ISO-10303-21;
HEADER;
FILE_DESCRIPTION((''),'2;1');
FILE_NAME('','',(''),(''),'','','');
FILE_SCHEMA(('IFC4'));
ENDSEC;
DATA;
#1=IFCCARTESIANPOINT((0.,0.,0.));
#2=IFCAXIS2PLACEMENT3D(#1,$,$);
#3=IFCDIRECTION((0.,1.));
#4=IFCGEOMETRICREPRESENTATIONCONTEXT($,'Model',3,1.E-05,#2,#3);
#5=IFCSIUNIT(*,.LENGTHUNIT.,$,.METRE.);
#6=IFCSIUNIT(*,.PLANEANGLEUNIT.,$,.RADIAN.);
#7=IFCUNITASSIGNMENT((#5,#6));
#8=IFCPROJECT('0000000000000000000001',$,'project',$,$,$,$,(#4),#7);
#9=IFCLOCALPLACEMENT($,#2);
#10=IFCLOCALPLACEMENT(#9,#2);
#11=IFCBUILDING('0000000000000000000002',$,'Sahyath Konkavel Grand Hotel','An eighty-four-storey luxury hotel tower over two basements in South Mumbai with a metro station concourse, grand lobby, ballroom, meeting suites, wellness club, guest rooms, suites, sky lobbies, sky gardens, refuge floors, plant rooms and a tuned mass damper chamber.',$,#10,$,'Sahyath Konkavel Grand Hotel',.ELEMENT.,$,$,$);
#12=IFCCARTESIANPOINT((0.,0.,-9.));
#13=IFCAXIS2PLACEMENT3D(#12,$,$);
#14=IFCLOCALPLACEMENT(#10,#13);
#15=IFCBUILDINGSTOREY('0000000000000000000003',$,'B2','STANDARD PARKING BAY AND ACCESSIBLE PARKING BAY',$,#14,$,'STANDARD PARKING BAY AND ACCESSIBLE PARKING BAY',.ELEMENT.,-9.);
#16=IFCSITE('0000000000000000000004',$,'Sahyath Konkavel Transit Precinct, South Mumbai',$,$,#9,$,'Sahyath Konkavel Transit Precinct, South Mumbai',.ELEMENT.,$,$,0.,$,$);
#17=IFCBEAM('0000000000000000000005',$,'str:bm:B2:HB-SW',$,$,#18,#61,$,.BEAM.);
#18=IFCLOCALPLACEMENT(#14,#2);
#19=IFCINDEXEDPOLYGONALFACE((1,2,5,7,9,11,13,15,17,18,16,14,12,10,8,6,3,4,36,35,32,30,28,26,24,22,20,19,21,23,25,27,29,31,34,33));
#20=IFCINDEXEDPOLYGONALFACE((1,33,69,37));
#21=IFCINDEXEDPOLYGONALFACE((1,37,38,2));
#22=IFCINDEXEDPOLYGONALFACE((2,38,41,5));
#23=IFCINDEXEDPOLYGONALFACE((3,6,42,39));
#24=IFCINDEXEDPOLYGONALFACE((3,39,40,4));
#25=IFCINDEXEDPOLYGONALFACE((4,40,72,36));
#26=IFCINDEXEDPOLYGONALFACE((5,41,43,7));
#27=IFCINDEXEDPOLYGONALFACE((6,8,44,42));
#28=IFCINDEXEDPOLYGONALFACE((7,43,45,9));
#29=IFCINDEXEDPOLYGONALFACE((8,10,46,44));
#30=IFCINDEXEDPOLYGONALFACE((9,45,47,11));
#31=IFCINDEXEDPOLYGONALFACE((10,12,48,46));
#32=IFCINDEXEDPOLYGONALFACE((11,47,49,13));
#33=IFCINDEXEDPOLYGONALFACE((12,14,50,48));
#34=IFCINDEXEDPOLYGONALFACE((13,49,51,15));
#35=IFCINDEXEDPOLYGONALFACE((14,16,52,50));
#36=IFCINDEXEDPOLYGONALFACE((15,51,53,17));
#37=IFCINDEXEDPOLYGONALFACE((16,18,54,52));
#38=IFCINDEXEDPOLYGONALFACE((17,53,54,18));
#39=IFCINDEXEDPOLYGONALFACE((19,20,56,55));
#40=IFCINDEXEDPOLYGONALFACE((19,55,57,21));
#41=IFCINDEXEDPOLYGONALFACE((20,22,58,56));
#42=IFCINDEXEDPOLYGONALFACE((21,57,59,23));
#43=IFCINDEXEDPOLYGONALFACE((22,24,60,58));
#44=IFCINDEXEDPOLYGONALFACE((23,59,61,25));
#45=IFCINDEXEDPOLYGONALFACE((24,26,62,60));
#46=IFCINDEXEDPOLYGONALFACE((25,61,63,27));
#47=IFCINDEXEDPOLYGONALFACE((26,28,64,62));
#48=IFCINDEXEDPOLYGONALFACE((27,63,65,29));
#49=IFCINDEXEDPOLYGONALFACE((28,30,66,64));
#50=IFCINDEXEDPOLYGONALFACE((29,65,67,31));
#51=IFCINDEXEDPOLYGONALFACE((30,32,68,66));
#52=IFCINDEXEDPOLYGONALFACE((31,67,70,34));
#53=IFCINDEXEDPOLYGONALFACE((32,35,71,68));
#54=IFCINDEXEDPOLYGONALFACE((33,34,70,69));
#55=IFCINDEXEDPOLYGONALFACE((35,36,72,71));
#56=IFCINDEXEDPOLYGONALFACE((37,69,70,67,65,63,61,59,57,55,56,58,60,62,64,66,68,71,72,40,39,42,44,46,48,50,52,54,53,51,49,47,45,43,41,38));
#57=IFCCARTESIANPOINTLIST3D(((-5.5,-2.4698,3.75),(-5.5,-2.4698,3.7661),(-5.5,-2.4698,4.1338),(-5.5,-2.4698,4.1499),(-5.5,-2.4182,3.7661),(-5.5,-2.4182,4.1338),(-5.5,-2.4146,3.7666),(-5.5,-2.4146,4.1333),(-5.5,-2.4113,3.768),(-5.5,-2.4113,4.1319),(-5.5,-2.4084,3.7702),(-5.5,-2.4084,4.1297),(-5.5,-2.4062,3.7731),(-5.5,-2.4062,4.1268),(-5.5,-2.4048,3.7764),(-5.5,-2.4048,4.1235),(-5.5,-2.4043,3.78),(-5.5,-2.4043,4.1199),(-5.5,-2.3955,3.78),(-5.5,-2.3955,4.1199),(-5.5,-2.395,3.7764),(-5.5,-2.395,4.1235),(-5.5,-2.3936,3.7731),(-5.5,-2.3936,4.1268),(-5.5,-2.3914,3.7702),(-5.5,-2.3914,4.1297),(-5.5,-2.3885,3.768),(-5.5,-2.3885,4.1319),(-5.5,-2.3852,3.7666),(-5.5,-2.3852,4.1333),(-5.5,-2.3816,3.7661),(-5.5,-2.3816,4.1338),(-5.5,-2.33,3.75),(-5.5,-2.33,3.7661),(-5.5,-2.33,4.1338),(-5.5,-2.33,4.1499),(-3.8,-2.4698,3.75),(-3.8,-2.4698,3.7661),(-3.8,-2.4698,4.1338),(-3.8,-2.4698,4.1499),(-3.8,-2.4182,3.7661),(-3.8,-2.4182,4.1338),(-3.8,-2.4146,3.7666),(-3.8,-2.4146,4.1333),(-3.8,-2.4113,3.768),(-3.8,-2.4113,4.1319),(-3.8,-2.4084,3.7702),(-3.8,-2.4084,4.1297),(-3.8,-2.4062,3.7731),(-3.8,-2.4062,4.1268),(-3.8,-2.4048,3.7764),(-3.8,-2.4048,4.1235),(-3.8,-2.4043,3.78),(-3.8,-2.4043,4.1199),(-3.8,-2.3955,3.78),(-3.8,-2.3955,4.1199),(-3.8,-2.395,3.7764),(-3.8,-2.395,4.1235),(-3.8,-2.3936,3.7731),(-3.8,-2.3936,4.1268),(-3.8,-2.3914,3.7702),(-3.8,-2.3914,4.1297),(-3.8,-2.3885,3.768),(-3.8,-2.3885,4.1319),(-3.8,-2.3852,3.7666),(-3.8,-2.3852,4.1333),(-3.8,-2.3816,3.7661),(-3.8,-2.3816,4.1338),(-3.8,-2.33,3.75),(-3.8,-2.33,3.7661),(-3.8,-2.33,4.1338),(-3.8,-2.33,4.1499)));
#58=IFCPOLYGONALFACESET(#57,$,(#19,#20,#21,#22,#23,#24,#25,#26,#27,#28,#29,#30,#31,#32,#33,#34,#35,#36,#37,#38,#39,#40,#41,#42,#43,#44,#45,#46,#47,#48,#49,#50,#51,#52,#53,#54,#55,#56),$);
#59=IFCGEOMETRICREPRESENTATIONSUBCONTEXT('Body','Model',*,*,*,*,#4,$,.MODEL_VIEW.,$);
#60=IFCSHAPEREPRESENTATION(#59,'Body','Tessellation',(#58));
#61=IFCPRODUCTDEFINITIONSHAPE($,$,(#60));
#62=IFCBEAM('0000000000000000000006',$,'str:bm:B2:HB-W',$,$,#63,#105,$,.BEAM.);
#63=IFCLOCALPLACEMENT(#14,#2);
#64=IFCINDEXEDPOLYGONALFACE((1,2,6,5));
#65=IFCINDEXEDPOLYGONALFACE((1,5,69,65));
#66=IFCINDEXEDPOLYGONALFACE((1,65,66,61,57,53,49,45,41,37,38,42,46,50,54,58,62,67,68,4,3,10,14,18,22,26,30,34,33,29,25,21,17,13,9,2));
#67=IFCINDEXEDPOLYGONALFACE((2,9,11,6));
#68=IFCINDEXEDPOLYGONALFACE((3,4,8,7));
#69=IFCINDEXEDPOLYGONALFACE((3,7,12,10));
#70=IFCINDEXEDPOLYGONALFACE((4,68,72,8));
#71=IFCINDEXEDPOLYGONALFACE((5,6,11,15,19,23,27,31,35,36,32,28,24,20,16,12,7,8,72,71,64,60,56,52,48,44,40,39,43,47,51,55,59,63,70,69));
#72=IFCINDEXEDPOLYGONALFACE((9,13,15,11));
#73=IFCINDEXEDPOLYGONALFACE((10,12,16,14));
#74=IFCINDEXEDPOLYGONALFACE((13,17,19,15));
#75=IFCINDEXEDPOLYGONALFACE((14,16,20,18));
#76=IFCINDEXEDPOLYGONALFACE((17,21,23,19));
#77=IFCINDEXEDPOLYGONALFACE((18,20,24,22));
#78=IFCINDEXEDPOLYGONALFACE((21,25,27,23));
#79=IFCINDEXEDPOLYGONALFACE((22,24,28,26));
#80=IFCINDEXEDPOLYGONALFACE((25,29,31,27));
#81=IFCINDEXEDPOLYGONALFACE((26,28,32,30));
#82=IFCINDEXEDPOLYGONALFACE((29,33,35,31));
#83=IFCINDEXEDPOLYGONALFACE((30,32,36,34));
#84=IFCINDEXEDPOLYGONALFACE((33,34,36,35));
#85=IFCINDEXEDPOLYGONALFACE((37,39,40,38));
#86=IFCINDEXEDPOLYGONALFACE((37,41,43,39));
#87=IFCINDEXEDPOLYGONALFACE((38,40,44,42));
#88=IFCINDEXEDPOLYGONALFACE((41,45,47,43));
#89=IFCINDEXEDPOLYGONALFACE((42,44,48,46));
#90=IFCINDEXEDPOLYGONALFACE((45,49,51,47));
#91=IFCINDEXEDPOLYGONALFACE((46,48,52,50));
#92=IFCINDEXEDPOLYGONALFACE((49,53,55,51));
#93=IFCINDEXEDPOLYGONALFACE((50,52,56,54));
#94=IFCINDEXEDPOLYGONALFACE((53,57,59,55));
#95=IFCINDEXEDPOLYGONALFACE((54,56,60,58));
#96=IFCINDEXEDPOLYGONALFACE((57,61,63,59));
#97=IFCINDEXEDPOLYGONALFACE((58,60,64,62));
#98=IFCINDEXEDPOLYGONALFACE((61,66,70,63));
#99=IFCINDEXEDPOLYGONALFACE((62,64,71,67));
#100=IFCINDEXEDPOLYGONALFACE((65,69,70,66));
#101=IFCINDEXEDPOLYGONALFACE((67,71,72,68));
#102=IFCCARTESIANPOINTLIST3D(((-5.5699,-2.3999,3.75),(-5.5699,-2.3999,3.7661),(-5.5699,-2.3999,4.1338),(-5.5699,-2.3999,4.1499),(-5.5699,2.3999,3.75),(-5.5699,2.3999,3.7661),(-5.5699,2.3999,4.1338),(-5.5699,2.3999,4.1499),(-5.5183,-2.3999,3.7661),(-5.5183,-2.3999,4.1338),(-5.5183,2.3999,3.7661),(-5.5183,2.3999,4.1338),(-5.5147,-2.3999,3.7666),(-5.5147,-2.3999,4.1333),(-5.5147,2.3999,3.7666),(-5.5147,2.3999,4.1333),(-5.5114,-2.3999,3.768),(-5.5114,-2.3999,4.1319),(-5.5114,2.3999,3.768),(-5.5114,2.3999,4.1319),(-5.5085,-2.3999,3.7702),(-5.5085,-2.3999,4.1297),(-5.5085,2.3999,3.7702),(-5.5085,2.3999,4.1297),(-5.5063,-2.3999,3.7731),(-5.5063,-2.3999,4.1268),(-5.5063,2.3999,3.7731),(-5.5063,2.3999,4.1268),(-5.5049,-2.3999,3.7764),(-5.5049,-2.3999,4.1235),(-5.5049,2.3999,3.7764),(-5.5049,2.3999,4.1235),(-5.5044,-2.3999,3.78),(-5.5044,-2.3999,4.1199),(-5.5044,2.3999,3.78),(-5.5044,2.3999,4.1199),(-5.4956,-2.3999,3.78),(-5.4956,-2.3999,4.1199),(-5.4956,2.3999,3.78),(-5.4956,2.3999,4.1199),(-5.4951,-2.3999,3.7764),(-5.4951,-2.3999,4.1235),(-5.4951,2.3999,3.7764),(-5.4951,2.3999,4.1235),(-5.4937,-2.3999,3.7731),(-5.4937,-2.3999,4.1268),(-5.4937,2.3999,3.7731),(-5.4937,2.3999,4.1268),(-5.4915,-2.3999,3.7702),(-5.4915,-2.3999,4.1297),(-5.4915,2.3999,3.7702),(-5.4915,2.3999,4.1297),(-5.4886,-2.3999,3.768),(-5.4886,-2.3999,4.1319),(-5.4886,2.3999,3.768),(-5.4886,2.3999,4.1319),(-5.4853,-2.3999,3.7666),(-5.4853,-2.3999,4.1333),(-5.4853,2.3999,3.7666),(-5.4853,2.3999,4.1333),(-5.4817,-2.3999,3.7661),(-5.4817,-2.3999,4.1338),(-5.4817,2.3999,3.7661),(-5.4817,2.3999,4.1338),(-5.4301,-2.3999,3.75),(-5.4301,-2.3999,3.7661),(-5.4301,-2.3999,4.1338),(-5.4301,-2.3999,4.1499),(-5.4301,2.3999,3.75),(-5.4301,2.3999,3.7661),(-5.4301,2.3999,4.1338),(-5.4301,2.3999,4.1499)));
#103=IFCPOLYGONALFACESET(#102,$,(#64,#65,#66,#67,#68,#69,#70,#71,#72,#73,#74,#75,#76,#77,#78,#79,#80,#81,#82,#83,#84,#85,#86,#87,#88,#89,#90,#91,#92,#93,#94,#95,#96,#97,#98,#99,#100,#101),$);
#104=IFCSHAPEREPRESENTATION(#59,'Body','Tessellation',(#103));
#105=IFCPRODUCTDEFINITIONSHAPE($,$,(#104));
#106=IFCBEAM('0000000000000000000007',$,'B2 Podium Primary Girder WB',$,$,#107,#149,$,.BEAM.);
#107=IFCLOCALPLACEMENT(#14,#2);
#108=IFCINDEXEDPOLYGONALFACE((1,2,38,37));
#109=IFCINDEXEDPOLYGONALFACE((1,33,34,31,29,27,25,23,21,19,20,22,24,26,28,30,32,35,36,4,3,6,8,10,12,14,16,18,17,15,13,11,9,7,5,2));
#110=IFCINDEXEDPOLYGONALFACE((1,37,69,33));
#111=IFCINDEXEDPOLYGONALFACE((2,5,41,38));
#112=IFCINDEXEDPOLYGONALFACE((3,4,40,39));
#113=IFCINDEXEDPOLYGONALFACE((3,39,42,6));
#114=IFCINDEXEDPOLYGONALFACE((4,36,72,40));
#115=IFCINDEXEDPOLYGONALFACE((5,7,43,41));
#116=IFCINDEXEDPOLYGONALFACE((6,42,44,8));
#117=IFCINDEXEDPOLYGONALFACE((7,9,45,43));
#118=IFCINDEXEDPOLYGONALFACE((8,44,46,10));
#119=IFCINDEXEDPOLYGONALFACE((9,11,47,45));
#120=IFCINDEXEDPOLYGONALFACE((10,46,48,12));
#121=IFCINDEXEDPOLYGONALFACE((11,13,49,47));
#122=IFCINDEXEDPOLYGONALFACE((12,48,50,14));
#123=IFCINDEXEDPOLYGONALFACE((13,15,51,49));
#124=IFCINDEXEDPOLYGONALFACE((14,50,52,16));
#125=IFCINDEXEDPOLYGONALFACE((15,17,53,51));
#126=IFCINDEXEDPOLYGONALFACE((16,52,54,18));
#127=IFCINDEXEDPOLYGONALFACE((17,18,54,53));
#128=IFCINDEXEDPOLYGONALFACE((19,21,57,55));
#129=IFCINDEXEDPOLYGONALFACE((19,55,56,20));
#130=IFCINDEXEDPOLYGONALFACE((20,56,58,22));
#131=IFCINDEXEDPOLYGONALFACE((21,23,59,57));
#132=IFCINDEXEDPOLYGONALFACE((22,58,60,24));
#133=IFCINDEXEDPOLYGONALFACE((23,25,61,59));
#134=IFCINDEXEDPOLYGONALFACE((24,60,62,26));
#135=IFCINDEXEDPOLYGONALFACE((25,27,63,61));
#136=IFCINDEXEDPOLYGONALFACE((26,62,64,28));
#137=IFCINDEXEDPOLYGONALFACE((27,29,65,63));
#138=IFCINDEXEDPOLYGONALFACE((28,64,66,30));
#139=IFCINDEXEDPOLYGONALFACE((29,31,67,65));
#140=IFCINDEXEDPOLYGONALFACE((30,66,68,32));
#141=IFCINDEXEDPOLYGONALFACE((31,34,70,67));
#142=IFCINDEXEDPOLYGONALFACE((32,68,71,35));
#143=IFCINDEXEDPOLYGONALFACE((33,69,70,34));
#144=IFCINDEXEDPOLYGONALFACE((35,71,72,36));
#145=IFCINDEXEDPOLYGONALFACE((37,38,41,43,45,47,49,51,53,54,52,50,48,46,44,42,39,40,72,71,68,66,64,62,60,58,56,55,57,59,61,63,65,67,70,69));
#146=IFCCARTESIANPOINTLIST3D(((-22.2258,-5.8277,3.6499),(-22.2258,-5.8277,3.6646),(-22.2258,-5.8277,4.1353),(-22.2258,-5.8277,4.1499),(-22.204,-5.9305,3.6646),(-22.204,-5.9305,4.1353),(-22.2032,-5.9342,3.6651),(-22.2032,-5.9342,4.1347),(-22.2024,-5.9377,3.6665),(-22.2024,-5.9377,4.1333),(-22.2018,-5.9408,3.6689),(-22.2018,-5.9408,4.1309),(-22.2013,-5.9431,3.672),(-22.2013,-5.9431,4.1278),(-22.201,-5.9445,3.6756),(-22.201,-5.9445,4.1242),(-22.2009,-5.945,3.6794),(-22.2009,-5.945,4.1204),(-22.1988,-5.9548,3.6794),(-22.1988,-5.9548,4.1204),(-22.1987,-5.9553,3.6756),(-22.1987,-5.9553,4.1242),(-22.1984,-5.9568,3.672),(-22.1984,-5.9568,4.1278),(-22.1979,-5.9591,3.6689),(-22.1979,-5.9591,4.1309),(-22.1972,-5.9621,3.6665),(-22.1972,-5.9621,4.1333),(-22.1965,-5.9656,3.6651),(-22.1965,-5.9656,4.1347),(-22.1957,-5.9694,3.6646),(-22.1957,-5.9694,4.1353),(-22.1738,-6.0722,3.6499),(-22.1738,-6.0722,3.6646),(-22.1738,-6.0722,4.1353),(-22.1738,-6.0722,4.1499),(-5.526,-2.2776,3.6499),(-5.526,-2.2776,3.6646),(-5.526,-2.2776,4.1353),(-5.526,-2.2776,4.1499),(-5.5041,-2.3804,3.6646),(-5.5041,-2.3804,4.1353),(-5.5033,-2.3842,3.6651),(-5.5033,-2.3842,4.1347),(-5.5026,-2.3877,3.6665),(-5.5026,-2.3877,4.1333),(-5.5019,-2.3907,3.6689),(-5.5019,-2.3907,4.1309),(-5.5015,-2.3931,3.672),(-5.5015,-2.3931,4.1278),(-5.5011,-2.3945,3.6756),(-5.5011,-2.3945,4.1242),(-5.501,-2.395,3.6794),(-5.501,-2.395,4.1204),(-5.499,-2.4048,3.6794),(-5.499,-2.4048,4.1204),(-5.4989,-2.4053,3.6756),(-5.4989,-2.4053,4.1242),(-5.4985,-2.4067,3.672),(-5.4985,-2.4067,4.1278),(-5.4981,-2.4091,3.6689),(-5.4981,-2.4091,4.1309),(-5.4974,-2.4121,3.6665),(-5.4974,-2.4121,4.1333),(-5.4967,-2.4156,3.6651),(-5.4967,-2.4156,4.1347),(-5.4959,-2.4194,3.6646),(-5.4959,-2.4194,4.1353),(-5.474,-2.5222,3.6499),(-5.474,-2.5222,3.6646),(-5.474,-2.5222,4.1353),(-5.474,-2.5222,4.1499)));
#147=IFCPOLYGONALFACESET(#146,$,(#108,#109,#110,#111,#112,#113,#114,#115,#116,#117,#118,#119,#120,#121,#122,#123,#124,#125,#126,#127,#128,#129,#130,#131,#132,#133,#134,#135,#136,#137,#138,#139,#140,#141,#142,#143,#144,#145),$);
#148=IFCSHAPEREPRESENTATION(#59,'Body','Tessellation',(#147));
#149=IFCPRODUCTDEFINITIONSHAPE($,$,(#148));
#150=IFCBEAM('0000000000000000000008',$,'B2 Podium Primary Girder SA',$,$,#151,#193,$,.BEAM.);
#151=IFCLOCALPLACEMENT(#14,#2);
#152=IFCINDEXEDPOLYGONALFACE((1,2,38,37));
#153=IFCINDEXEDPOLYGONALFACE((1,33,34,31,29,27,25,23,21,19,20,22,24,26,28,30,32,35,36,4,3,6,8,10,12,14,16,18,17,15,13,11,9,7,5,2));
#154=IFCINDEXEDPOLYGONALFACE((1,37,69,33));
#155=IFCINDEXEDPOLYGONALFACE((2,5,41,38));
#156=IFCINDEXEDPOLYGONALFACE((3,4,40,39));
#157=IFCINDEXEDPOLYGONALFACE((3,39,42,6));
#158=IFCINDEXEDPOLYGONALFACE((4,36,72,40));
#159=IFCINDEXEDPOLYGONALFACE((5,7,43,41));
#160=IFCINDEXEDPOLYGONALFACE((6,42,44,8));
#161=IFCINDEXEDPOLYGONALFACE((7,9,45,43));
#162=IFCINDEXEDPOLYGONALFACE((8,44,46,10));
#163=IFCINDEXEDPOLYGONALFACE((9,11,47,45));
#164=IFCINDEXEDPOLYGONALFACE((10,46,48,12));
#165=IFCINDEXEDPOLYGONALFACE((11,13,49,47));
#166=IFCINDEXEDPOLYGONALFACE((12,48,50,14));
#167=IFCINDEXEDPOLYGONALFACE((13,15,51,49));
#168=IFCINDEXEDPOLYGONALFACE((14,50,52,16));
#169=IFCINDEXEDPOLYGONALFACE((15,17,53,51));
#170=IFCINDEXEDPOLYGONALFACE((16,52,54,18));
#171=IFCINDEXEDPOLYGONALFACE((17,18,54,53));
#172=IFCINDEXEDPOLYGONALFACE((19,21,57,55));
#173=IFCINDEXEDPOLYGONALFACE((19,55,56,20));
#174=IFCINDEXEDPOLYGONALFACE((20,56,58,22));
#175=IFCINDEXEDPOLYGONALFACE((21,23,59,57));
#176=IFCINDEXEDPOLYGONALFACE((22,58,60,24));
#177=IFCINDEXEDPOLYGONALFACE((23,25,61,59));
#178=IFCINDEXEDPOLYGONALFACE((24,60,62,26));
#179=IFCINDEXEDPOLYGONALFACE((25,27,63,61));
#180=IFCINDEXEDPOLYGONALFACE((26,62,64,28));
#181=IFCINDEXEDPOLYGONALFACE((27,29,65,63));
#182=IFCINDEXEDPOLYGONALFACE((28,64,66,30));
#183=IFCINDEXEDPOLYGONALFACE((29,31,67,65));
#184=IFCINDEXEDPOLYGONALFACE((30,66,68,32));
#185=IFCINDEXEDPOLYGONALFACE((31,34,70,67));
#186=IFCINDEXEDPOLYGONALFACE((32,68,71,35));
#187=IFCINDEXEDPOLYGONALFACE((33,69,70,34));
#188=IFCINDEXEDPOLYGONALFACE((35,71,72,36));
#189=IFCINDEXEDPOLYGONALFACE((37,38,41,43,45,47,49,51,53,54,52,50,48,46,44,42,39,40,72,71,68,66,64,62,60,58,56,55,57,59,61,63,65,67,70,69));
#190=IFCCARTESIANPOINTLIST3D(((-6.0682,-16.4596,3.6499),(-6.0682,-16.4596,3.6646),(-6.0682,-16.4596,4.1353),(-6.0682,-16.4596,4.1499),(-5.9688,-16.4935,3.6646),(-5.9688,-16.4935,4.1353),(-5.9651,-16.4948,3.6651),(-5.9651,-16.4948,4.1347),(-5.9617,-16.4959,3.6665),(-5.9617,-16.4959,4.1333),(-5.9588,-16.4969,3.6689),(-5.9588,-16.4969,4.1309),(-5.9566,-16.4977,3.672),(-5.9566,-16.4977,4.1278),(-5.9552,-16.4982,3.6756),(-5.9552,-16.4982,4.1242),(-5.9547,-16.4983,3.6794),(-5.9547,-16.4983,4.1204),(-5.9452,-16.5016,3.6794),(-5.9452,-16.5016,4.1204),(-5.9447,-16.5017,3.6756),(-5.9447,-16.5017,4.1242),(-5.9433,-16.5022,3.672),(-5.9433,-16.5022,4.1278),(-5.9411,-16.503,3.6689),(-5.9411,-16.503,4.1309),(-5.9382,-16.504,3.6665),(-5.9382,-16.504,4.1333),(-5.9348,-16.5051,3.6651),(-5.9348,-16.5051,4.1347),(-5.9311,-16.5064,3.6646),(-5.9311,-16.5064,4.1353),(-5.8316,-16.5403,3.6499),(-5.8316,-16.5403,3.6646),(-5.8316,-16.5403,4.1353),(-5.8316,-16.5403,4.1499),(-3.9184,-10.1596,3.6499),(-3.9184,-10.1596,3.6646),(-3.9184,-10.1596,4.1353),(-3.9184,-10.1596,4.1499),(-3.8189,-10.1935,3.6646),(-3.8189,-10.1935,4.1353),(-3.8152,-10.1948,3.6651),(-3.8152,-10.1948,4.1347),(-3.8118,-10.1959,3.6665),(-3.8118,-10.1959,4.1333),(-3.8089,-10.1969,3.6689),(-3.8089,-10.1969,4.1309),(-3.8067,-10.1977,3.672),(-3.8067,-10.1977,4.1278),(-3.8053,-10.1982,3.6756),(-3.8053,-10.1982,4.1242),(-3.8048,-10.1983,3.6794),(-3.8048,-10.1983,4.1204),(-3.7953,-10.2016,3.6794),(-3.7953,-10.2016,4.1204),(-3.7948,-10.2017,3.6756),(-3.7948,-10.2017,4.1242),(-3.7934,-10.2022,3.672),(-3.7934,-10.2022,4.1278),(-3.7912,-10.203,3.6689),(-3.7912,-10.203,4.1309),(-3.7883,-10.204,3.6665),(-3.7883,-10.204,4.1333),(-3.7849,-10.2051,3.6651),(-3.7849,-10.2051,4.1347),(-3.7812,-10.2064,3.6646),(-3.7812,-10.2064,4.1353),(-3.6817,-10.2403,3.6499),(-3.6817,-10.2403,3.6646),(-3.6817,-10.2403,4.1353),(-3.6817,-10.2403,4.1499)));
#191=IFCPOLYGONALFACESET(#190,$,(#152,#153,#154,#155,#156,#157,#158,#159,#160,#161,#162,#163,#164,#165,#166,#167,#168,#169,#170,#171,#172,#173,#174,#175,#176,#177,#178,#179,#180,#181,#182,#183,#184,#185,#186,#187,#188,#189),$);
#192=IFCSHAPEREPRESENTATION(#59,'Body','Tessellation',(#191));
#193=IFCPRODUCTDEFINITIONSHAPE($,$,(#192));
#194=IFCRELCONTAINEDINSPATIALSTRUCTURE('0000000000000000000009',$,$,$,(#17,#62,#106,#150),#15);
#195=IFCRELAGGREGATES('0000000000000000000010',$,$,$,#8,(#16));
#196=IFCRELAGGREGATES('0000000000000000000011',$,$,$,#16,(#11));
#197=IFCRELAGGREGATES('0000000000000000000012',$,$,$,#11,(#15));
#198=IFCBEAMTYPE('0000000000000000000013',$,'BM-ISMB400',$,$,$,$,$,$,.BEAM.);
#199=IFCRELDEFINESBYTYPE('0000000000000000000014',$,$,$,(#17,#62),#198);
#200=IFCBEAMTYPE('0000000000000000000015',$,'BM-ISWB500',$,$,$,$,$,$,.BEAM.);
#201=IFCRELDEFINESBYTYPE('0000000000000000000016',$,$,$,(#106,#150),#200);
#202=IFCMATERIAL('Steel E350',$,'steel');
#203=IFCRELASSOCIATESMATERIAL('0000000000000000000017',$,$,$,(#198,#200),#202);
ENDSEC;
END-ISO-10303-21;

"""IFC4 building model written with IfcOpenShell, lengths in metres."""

from ifc_helpers import new_model, si_unit, direction, frame, origin, origin_2d, place, context, subcontext, project, spatial, i_section, extrude, source, transform, mapped, material, material_profile, profile_set, type_object, element, save


model = new_model("IFC4")

# Units and contexts
model_context = context("Model", 3, precision=1e-05, world=origin(), true_north=direction((0.0, 1.0)))
body_context = subcontext(model_context, "Body", "Model", "MODEL_VIEW")
ifc_project = project(units=[si_unit("LENGTHUNIT", "METRE"), si_unit("PLANEANGLEUNIT", "RADIAN")], contexts=[model_context])

# Site, building, storey
site_placement = place(None, origin())
site = spatial("IfcSite", under=ifc_project, at=site_placement, Name="Sahyath Konkavel Transit Precinct, South Mumbai", LongName="Sahyath Konkavel Transit Precinct, South Mumbai", CompositionType="ELEMENT", RefElevation=0.0)
building_placement = place(site_placement, origin())
building = spatial("IfcBuilding", under=site, at=building_placement, Name="Sahyath Konkavel Grand Hotel", Description="An eighty-four-storey luxury hotel tower over two basements in South Mumbai with a metro station concourse, grand lobby, ballroom, meeting suites, wellness club, guest rooms, suites, sky lobbies, sky gardens, refuge floors, plant rooms and a tuned mass damper chamber.", LongName="Sahyath Konkavel Grand Hotel", CompositionType="ELEMENT")
storey_placement = place(building_placement, frame((0.0, 0.0, -9.0)))
storey = spatial("IfcBuildingStorey", under=building, at=storey_placement, Name="B2", Description="STANDARD PARKING BAY AND ACCESSIBLE PARKING BAY", LongName="STANDARD PARKING BAY AND ACCESSIBLE PARKING BAY", CompositionType="ELEMENT", Elevation=-9.0)

# Beams
ifc_material_1 = material(Name="Steel E350", Category="steel")
ifc_material_profile_1 = material_profile(ifc_material_1, i_section(OverallWidth=0.1399, OverallDepth=0.3999, WebThickness=0.0088, FlangeThickness=0.0161, FilletRadius=0.0139, at=origin_2d()), Name="ISMB 400")
ifc_profile_set_1 = profile_set([ifc_material_profile_1], Name="Steel E350")
beam_type_1 = type_object("IfcBeamType", Name="BM-ISMB400", PredefinedType="BEAM", material=ifc_profile_set_1)
shared_shape_1 = source(origin(), body_context, "Body", "SweptSolid", [
    extrude(i_section(OverallWidth=0.1399, OverallDepth=0.3999, WebThickness=0.0088, FlangeThickness=0.0161, FilletRadius=0.0139, at=origin_2d()), origin(), (0.0, 0.0, 1.0), 1.7),
])
beam_1_placement = place(storey_placement, frame((-5.5, -2.3999, 3.95), z_axis=(1.0, 0.0, 0.0), x_axis=(0.0, 1.0, 0.0)))
element("IfcBeam", 1, at=beam_1_placement, inside=storey, type_object=beam_type_1, Name="str:bm:B2:HB-SW", PredefinedType="BEAM", context=body_context, shape_type="MappedRepresentation", body=[
    mapped(shared_shape_1, transform((0.0, 0.0, 0.0), scale=1.0)),
])
shared_shape_2 = source(origin(), body_context, "Body", "SweptSolid", [
    extrude(i_section(OverallWidth=0.1399, OverallDepth=0.3999, WebThickness=0.0088, FlangeThickness=0.0161, FilletRadius=0.0139, at=origin_2d()), origin(), (0.0, 0.0, 1.0), 4.7998),
])
beam_2_placement = place(storey_placement, frame((-5.5, -2.3999, 3.95), z_axis=(0.0, 1.0, 0.0), x_axis=(-1.0, 0.0, 0.0)))
element("IfcBeam", 2, at=beam_2_placement, inside=storey, type_object=beam_type_1, Name="str:bm:B2:HB-W", PredefinedType="BEAM", context=body_context, shape_type="MappedRepresentation", body=[
    mapped(shared_shape_2, transform((0.0, 0.0, 0.0), scale=1.0)),
])
ifc_material_profile_2 = material_profile(ifc_material_1, i_section(OverallWidth=0.25, OverallDepth=0.5, WebThickness=0.01, FlangeThickness=0.0146, FilletRadius=0.0149, at=origin_2d()), Name="ISWB 500")
ifc_profile_set_2 = profile_set([ifc_material_profile_2], Name="Steel E350")
beam_type_2 = type_object("IfcBeamType", Name="BM-ISWB500", PredefinedType="BEAM", material=ifc_profile_set_2)
shared_shape_3 = source(origin(), body_context, "Body", "SweptSolid", [
    extrude(i_section(OverallWidth=0.25, OverallDepth=0.5, WebThickness=0.01, FlangeThickness=0.0146, FilletRadius=0.0149, at=origin_2d()), origin(), (0.0, 0.0, 1.0), 17.073),
])
beam_3_placement = place(storey_placement, frame((-5.5, -2.3999, 3.8999), z_axis=(-0.978143, -0.207932, 0.0), x_axis=(0.207932, -0.978143, 0.0)))
element("IfcBeam", 3, at=beam_3_placement, inside=storey, type_object=beam_type_2, Name="B2 Podium Primary Girder WB", PredefinedType="BEAM", context=body_context, shape_type="MappedRepresentation", body=[
    mapped(shared_shape_3, transform((0.0, 0.0, 0.0), scale=1.0)),
])
shared_shape_4 = source(origin(), body_context, "Body", "SweptSolid", [
    extrude(i_section(OverallWidth=0.25, OverallDepth=0.5, WebThickness=0.01, FlangeThickness=0.0146, FilletRadius=0.0149, at=origin_2d()), origin(), (0.0, 0.0, 1.0), 6.6567),
])
beam_4_placement = place(storey_placement, frame((-3.8, -10.2, 3.8999), z_axis=(-0.322964, -0.946411, 0.0), x_axis=(0.946411, -0.322964, 0.0)))
element("IfcBeam", 4, at=beam_4_placement, inside=storey, type_object=beam_type_2, Name="B2 Podium Primary Girder SA", PredefinedType="BEAM", context=body_context, shape_type="MappedRepresentation", body=[
    mapped(shared_shape_4, transform((0.0, 0.0, 0.0), scale=1.0)),
])

save(model, "model.ifc")
